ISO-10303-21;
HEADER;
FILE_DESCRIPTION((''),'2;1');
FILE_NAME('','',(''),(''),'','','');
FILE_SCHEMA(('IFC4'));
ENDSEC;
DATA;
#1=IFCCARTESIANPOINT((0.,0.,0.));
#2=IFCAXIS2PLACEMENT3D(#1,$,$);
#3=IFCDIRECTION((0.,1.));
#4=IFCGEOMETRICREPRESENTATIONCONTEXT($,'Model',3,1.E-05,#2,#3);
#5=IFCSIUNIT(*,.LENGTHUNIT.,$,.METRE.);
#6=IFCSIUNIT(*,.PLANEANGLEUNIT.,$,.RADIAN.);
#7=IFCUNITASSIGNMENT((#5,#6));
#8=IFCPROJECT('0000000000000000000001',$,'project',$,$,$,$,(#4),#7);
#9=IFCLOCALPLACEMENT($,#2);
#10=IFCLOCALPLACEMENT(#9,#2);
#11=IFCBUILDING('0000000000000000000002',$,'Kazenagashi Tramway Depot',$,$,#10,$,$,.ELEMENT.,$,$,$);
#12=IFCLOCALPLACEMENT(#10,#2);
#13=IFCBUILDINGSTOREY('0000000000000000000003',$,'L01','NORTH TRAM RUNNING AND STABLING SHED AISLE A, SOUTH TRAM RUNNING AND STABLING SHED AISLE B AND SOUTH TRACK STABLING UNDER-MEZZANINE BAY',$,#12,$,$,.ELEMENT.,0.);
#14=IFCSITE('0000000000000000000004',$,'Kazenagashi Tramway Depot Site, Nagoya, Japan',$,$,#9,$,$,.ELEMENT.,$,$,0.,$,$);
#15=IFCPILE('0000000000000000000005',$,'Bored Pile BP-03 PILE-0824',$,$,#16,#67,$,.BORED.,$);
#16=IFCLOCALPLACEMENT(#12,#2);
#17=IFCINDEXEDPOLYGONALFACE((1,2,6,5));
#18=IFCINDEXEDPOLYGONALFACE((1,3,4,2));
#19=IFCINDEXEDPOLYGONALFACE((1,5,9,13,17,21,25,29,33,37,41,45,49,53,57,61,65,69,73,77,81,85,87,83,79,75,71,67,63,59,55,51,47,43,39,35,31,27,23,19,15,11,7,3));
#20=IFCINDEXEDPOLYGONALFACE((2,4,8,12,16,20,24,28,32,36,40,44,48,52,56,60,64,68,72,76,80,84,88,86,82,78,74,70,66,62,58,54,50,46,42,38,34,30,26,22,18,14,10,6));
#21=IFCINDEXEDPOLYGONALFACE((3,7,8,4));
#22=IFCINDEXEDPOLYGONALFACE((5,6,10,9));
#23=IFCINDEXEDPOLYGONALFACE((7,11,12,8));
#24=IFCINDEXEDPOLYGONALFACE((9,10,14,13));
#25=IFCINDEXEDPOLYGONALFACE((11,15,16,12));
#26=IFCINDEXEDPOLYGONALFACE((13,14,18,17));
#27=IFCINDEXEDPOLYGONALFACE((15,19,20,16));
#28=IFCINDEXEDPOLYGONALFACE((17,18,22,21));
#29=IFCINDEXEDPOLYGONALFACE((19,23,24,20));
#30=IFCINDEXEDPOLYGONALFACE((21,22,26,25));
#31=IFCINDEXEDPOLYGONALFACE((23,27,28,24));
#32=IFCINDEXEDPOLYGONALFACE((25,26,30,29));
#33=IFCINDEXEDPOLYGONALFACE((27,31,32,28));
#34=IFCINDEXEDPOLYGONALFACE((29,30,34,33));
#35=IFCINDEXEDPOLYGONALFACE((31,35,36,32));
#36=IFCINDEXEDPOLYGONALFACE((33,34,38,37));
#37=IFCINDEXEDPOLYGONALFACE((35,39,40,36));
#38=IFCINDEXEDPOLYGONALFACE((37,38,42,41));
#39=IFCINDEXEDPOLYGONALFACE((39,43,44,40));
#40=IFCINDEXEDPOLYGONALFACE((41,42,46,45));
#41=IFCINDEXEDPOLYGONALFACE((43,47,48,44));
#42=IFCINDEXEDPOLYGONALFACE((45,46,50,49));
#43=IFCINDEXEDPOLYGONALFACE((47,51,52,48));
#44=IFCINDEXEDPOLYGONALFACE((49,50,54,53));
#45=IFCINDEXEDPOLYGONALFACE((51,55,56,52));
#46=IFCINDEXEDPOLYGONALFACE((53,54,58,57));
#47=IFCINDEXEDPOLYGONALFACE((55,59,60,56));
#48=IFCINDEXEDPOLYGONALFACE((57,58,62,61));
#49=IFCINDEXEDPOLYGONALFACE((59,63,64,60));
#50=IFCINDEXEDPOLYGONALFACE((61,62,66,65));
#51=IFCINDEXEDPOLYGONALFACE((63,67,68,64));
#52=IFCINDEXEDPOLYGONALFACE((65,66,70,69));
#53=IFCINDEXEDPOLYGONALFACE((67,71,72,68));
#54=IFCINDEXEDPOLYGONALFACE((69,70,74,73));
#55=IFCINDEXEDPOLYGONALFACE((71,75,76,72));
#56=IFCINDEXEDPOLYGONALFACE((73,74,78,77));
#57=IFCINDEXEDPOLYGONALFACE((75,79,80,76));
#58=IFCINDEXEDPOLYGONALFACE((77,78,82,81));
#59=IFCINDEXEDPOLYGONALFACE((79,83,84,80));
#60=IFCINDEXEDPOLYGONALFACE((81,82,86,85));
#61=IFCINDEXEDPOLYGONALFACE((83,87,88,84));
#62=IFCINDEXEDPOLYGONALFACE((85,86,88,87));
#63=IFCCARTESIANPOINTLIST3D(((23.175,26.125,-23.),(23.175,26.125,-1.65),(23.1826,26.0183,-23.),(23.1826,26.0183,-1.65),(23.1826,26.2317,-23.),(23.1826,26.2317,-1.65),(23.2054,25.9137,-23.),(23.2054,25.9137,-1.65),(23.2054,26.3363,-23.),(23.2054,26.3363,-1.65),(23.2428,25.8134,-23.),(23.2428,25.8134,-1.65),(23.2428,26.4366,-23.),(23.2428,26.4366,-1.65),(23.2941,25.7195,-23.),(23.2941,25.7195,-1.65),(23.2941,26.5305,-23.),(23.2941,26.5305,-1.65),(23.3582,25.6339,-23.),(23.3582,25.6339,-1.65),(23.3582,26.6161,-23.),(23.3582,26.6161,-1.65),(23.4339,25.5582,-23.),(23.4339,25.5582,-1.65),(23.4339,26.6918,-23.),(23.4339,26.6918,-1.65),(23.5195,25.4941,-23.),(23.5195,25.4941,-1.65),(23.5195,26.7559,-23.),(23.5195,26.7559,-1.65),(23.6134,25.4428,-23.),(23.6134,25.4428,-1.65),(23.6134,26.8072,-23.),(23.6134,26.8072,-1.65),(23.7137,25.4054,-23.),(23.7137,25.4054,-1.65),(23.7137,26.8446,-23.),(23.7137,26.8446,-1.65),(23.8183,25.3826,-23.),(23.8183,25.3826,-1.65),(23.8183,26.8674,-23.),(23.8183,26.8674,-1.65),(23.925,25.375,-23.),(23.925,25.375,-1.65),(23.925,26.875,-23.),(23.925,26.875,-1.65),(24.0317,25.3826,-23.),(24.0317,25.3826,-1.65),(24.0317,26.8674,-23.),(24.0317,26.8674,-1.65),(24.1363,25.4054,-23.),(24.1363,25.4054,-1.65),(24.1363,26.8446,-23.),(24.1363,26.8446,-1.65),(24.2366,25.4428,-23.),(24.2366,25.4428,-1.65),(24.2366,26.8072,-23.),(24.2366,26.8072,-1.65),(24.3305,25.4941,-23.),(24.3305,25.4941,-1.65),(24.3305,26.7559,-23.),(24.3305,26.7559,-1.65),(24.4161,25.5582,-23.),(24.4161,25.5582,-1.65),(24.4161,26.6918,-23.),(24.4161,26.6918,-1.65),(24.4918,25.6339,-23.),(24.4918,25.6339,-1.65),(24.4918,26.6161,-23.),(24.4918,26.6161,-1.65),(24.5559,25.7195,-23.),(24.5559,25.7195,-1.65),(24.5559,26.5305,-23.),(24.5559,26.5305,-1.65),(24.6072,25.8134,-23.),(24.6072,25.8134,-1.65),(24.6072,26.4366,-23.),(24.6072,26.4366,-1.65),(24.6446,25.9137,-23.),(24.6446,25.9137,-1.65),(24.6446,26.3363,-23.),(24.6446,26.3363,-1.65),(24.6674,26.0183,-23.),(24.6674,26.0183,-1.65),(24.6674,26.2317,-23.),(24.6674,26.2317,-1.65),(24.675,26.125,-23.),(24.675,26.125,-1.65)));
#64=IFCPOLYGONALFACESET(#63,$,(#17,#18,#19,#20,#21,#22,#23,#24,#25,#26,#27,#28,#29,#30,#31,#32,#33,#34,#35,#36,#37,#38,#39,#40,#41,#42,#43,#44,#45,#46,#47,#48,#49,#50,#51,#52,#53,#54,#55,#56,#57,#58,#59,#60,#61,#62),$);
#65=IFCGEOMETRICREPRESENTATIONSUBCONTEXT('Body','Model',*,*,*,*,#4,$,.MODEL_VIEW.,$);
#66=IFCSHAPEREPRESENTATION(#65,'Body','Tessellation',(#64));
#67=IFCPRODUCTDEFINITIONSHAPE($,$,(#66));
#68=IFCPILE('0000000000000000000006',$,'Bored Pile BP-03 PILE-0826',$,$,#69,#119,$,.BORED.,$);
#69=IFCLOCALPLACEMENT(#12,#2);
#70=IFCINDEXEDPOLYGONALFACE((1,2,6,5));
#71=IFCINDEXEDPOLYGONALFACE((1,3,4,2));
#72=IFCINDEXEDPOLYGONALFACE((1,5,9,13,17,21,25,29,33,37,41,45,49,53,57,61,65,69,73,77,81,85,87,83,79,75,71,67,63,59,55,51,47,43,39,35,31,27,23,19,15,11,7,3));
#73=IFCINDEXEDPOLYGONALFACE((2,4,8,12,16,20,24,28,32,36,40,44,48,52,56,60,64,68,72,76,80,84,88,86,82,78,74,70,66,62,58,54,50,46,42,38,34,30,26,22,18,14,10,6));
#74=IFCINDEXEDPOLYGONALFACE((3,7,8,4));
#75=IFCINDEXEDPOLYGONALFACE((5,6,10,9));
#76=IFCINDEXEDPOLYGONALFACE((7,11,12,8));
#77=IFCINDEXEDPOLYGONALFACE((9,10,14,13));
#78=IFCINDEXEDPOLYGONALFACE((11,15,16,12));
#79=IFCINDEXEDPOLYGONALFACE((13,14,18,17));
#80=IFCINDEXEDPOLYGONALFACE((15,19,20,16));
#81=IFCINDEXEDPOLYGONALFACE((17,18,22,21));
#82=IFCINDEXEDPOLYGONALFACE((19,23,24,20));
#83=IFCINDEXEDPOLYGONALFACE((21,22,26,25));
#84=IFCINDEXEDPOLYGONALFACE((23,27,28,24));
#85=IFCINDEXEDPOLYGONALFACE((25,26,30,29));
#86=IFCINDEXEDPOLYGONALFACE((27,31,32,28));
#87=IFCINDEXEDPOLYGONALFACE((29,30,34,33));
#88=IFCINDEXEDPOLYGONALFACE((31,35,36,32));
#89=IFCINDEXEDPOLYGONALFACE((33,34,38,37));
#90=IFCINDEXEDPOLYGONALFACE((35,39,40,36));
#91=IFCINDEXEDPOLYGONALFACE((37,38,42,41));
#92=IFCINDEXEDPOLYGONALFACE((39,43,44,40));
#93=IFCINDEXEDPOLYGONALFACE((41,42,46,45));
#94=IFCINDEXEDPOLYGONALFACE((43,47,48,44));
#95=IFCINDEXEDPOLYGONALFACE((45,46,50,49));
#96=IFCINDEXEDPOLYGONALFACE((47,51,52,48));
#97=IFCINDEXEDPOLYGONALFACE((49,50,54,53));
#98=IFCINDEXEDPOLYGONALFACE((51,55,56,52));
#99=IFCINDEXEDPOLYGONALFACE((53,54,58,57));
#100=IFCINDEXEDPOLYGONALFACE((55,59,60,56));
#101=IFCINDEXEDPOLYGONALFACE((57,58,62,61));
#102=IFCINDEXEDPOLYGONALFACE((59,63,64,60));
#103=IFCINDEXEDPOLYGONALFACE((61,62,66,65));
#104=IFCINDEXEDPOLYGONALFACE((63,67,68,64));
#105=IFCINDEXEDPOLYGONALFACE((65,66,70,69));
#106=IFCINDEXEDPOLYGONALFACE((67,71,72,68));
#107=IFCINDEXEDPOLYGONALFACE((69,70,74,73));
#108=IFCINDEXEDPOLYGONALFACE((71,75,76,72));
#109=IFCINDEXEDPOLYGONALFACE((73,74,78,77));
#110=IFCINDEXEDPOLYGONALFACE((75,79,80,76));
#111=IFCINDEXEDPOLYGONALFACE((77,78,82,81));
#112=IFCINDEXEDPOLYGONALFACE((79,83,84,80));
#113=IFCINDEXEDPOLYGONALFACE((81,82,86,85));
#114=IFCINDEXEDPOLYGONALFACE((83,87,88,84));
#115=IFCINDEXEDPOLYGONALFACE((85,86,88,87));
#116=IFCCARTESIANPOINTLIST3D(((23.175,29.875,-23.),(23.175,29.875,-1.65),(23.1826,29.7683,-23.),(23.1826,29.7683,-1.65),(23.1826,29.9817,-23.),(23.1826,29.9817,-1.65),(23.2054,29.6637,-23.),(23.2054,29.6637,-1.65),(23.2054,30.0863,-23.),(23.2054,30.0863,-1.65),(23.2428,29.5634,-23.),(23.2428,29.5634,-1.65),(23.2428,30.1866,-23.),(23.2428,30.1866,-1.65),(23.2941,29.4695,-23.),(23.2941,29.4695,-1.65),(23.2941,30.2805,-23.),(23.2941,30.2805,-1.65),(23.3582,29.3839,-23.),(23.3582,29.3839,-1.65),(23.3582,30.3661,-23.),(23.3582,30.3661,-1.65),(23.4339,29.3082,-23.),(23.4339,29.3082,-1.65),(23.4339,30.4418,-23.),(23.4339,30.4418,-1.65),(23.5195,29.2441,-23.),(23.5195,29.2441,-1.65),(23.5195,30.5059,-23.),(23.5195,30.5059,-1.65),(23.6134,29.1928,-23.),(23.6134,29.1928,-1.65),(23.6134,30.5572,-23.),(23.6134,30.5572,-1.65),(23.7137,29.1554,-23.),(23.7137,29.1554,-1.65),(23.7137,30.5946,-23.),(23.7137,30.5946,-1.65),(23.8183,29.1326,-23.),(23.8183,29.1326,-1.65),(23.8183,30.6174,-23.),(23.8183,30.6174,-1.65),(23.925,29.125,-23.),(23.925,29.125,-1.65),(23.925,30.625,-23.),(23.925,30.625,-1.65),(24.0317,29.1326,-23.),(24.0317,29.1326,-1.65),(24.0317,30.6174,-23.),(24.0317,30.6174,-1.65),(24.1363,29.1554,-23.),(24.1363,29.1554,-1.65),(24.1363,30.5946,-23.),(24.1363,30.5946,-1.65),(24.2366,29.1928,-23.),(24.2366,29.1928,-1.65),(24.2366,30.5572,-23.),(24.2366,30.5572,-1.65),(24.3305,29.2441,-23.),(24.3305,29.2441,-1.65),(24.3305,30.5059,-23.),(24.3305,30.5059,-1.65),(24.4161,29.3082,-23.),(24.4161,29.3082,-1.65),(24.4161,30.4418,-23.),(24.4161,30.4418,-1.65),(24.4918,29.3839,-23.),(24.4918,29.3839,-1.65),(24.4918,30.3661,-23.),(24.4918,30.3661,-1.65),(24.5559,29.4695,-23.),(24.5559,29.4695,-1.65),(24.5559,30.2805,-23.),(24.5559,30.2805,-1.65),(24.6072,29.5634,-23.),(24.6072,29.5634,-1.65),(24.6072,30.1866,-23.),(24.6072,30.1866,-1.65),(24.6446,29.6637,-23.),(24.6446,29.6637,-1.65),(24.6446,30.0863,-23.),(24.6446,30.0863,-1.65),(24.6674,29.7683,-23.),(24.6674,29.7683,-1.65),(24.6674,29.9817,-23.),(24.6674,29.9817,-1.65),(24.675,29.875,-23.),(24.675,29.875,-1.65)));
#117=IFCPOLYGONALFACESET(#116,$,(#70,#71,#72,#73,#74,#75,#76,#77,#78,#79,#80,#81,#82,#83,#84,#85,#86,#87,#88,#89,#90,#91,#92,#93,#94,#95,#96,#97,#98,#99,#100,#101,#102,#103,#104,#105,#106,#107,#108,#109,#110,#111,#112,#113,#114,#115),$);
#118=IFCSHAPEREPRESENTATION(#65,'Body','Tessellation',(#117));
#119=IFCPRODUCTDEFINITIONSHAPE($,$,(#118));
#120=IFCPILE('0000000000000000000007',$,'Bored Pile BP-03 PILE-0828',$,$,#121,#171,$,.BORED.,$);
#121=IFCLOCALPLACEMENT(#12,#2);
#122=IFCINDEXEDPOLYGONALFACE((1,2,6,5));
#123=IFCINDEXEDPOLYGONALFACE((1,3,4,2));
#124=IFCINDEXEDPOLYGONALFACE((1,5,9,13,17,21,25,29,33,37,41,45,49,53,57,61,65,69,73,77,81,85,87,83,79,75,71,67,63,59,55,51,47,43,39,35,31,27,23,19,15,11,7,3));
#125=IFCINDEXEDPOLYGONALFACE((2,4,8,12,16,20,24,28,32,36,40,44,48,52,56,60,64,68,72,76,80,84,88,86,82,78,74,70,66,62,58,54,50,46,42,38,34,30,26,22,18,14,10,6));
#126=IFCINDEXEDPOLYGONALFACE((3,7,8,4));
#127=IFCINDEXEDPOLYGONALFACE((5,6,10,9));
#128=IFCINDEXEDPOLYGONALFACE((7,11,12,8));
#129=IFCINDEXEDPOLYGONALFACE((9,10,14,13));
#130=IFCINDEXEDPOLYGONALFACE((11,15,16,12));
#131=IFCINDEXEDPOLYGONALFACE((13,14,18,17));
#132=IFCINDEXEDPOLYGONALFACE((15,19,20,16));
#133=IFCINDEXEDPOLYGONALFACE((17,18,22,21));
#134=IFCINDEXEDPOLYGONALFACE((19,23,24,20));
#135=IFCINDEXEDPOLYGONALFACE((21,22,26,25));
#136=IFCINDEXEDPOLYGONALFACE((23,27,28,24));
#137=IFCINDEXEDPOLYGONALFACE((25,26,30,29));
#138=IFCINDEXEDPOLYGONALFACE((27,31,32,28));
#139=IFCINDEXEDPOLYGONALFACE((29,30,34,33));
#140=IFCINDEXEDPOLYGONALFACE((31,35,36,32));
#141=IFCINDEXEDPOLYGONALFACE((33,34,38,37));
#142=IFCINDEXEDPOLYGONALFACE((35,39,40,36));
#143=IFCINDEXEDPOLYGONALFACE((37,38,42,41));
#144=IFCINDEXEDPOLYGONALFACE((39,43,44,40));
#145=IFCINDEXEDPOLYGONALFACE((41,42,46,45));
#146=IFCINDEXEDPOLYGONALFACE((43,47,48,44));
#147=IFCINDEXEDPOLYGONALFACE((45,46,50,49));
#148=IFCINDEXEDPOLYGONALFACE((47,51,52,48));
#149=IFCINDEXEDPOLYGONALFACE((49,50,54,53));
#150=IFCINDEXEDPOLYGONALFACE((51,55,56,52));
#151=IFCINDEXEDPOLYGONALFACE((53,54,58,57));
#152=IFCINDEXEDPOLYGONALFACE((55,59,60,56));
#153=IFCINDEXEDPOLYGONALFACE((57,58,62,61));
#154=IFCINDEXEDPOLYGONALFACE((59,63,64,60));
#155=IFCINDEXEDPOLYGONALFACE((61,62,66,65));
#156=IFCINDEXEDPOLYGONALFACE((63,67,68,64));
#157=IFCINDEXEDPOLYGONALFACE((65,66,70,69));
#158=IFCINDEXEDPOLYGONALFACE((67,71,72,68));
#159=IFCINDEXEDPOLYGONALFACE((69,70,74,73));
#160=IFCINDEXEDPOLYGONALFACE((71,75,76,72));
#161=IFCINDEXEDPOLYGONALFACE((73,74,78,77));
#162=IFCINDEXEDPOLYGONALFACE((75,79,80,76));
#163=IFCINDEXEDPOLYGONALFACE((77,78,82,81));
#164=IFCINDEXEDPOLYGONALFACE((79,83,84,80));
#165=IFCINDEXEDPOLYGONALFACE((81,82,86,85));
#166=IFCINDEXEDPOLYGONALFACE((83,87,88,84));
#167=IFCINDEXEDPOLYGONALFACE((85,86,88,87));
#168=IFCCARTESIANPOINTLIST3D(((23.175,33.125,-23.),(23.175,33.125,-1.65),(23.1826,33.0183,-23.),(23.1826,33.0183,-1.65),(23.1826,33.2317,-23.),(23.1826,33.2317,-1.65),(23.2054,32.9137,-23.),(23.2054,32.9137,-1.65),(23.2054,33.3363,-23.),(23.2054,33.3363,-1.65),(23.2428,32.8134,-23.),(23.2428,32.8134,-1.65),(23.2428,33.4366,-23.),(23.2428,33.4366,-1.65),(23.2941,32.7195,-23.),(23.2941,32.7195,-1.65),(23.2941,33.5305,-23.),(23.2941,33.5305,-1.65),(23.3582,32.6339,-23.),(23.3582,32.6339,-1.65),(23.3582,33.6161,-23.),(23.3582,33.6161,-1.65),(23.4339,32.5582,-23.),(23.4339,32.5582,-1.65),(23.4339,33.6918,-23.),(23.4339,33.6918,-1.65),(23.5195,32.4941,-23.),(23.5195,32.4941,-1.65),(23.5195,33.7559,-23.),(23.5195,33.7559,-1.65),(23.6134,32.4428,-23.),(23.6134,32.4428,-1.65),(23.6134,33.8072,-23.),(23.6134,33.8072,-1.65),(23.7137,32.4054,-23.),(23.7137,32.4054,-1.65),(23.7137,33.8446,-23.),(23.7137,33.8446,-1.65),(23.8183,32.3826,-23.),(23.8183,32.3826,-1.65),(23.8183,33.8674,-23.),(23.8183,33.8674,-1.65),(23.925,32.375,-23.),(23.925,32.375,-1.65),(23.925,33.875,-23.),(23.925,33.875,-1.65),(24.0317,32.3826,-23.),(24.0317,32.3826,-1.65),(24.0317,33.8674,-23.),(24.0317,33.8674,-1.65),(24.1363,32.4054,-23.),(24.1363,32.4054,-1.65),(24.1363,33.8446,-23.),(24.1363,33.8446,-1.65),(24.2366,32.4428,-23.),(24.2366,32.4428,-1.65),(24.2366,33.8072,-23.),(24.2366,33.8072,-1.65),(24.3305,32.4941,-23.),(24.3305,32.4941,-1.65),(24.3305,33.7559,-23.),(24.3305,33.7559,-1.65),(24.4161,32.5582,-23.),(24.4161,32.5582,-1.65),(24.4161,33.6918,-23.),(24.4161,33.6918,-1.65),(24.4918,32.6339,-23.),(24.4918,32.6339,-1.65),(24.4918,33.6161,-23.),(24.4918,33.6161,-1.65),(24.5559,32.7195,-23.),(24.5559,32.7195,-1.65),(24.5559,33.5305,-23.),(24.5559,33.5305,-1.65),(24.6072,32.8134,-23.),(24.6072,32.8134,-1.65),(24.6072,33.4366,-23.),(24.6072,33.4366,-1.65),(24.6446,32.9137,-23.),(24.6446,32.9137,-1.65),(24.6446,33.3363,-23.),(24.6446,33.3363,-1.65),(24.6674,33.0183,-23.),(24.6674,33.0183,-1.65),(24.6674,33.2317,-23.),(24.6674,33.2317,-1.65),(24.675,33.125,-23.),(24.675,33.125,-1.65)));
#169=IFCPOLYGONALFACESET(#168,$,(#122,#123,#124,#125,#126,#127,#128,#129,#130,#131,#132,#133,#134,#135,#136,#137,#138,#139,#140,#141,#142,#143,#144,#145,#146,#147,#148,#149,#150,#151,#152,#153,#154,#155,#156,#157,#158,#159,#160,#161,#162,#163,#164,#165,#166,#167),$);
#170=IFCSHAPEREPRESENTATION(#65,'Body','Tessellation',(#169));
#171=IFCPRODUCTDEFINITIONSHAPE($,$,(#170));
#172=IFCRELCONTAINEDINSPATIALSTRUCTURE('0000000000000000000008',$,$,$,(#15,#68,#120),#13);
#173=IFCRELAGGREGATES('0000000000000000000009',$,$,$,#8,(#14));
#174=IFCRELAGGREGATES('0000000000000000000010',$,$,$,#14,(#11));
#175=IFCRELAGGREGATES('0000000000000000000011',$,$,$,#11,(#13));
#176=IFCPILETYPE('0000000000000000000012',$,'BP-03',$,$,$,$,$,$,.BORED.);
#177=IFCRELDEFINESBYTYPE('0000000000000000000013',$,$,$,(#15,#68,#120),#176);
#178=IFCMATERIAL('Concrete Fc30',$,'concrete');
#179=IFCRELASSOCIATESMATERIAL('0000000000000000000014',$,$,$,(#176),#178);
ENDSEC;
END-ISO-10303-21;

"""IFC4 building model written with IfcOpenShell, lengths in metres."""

from ifc_helpers import new_model, si_unit, direction, frame, origin, origin_2d, place, context, subcontext, project, spatial, circle, extrude, material, material_profile, profile_set, type_object, element, save


model = new_model("IFC4")

# Units and contexts
model_context = context("Model", 3, precision=1e-05, world=origin(), true_north=direction((0.0, 1.0)))
body_context = subcontext(model_context, "Body", "Model", "MODEL_VIEW")
ifc_project = project(units=[si_unit("LENGTHUNIT", "METRE"), si_unit("PLANEANGLEUNIT", "RADIAN")], contexts=[model_context])

# Site, building, storey
site_placement = place(None, origin())
site = spatial("IfcSite", under=ifc_project, at=site_placement, Name="Kazenagashi Tramway Depot Site, Nagoya, Japan", CompositionType="ELEMENT", RefElevation=0.0)
building_placement = place(site_placement, origin())
building = spatial("IfcBuilding", under=site, at=building_placement, Name="Kazenagashi Tramway Depot", CompositionType="ELEMENT")
storey_placement = place(building_placement, origin())
storey = spatial("IfcBuildingStorey", under=building, at=storey_placement, Name="L01", Description="NORTH TRAM RUNNING AND STABLING SHED AISLE A, SOUTH TRAM RUNNING AND STABLING SHED AISLE B AND SOUTH TRACK STABLING UNDER-MEZZANINE BAY", CompositionType="ELEMENT", Elevation=0.0)

# Piles
ifc_material_1 = material(Name="Concrete Fc30", Category="concrete")
ifc_material_profile_1 = material_profile(ifc_material_1, circle(Radius=0.75, at=origin_2d()), Name="PILE-1500")
ifc_profile_set_1 = profile_set([ifc_material_profile_1], Name="Concrete Fc30")
pile_type = type_object("IfcPileType", Name="BP-03", PredefinedType="BORED", material=ifc_profile_set_1)
for number, where, z_axis, x_axis, name in (
    (1, (23.925, 26.125, -1.65), (0.0, 0.0, -1.0), (1.0, 0.0, 0.0), "Bored Pile BP-03 PILE-0824"),
    (2, (23.925, 29.875, -1.65), (0.0, 0.0, -1.0), (1.0, 0.0, 0.0), "Bored Pile BP-03 PILE-0826"),
    (3, (23.925, 33.125, -1.65), (0.0, 0.0, -1.0), (1.0, 0.0, 0.0), "Bored Pile BP-03 PILE-0828"),
):
    element("IfcPile", number, at=place(storey_placement, frame(where, z_axis=z_axis, x_axis=x_axis)), inside=storey, type_object=pile_type, Name=name, PredefinedType="BORED", context=body_context, shape_type="SweptSolid", body=[
        extrude(circle(Radius=0.75, at=origin_2d()), origin(), (0.0, 0.0, 1.0), 21.35),
    ])

save(model, "model.ifc")
